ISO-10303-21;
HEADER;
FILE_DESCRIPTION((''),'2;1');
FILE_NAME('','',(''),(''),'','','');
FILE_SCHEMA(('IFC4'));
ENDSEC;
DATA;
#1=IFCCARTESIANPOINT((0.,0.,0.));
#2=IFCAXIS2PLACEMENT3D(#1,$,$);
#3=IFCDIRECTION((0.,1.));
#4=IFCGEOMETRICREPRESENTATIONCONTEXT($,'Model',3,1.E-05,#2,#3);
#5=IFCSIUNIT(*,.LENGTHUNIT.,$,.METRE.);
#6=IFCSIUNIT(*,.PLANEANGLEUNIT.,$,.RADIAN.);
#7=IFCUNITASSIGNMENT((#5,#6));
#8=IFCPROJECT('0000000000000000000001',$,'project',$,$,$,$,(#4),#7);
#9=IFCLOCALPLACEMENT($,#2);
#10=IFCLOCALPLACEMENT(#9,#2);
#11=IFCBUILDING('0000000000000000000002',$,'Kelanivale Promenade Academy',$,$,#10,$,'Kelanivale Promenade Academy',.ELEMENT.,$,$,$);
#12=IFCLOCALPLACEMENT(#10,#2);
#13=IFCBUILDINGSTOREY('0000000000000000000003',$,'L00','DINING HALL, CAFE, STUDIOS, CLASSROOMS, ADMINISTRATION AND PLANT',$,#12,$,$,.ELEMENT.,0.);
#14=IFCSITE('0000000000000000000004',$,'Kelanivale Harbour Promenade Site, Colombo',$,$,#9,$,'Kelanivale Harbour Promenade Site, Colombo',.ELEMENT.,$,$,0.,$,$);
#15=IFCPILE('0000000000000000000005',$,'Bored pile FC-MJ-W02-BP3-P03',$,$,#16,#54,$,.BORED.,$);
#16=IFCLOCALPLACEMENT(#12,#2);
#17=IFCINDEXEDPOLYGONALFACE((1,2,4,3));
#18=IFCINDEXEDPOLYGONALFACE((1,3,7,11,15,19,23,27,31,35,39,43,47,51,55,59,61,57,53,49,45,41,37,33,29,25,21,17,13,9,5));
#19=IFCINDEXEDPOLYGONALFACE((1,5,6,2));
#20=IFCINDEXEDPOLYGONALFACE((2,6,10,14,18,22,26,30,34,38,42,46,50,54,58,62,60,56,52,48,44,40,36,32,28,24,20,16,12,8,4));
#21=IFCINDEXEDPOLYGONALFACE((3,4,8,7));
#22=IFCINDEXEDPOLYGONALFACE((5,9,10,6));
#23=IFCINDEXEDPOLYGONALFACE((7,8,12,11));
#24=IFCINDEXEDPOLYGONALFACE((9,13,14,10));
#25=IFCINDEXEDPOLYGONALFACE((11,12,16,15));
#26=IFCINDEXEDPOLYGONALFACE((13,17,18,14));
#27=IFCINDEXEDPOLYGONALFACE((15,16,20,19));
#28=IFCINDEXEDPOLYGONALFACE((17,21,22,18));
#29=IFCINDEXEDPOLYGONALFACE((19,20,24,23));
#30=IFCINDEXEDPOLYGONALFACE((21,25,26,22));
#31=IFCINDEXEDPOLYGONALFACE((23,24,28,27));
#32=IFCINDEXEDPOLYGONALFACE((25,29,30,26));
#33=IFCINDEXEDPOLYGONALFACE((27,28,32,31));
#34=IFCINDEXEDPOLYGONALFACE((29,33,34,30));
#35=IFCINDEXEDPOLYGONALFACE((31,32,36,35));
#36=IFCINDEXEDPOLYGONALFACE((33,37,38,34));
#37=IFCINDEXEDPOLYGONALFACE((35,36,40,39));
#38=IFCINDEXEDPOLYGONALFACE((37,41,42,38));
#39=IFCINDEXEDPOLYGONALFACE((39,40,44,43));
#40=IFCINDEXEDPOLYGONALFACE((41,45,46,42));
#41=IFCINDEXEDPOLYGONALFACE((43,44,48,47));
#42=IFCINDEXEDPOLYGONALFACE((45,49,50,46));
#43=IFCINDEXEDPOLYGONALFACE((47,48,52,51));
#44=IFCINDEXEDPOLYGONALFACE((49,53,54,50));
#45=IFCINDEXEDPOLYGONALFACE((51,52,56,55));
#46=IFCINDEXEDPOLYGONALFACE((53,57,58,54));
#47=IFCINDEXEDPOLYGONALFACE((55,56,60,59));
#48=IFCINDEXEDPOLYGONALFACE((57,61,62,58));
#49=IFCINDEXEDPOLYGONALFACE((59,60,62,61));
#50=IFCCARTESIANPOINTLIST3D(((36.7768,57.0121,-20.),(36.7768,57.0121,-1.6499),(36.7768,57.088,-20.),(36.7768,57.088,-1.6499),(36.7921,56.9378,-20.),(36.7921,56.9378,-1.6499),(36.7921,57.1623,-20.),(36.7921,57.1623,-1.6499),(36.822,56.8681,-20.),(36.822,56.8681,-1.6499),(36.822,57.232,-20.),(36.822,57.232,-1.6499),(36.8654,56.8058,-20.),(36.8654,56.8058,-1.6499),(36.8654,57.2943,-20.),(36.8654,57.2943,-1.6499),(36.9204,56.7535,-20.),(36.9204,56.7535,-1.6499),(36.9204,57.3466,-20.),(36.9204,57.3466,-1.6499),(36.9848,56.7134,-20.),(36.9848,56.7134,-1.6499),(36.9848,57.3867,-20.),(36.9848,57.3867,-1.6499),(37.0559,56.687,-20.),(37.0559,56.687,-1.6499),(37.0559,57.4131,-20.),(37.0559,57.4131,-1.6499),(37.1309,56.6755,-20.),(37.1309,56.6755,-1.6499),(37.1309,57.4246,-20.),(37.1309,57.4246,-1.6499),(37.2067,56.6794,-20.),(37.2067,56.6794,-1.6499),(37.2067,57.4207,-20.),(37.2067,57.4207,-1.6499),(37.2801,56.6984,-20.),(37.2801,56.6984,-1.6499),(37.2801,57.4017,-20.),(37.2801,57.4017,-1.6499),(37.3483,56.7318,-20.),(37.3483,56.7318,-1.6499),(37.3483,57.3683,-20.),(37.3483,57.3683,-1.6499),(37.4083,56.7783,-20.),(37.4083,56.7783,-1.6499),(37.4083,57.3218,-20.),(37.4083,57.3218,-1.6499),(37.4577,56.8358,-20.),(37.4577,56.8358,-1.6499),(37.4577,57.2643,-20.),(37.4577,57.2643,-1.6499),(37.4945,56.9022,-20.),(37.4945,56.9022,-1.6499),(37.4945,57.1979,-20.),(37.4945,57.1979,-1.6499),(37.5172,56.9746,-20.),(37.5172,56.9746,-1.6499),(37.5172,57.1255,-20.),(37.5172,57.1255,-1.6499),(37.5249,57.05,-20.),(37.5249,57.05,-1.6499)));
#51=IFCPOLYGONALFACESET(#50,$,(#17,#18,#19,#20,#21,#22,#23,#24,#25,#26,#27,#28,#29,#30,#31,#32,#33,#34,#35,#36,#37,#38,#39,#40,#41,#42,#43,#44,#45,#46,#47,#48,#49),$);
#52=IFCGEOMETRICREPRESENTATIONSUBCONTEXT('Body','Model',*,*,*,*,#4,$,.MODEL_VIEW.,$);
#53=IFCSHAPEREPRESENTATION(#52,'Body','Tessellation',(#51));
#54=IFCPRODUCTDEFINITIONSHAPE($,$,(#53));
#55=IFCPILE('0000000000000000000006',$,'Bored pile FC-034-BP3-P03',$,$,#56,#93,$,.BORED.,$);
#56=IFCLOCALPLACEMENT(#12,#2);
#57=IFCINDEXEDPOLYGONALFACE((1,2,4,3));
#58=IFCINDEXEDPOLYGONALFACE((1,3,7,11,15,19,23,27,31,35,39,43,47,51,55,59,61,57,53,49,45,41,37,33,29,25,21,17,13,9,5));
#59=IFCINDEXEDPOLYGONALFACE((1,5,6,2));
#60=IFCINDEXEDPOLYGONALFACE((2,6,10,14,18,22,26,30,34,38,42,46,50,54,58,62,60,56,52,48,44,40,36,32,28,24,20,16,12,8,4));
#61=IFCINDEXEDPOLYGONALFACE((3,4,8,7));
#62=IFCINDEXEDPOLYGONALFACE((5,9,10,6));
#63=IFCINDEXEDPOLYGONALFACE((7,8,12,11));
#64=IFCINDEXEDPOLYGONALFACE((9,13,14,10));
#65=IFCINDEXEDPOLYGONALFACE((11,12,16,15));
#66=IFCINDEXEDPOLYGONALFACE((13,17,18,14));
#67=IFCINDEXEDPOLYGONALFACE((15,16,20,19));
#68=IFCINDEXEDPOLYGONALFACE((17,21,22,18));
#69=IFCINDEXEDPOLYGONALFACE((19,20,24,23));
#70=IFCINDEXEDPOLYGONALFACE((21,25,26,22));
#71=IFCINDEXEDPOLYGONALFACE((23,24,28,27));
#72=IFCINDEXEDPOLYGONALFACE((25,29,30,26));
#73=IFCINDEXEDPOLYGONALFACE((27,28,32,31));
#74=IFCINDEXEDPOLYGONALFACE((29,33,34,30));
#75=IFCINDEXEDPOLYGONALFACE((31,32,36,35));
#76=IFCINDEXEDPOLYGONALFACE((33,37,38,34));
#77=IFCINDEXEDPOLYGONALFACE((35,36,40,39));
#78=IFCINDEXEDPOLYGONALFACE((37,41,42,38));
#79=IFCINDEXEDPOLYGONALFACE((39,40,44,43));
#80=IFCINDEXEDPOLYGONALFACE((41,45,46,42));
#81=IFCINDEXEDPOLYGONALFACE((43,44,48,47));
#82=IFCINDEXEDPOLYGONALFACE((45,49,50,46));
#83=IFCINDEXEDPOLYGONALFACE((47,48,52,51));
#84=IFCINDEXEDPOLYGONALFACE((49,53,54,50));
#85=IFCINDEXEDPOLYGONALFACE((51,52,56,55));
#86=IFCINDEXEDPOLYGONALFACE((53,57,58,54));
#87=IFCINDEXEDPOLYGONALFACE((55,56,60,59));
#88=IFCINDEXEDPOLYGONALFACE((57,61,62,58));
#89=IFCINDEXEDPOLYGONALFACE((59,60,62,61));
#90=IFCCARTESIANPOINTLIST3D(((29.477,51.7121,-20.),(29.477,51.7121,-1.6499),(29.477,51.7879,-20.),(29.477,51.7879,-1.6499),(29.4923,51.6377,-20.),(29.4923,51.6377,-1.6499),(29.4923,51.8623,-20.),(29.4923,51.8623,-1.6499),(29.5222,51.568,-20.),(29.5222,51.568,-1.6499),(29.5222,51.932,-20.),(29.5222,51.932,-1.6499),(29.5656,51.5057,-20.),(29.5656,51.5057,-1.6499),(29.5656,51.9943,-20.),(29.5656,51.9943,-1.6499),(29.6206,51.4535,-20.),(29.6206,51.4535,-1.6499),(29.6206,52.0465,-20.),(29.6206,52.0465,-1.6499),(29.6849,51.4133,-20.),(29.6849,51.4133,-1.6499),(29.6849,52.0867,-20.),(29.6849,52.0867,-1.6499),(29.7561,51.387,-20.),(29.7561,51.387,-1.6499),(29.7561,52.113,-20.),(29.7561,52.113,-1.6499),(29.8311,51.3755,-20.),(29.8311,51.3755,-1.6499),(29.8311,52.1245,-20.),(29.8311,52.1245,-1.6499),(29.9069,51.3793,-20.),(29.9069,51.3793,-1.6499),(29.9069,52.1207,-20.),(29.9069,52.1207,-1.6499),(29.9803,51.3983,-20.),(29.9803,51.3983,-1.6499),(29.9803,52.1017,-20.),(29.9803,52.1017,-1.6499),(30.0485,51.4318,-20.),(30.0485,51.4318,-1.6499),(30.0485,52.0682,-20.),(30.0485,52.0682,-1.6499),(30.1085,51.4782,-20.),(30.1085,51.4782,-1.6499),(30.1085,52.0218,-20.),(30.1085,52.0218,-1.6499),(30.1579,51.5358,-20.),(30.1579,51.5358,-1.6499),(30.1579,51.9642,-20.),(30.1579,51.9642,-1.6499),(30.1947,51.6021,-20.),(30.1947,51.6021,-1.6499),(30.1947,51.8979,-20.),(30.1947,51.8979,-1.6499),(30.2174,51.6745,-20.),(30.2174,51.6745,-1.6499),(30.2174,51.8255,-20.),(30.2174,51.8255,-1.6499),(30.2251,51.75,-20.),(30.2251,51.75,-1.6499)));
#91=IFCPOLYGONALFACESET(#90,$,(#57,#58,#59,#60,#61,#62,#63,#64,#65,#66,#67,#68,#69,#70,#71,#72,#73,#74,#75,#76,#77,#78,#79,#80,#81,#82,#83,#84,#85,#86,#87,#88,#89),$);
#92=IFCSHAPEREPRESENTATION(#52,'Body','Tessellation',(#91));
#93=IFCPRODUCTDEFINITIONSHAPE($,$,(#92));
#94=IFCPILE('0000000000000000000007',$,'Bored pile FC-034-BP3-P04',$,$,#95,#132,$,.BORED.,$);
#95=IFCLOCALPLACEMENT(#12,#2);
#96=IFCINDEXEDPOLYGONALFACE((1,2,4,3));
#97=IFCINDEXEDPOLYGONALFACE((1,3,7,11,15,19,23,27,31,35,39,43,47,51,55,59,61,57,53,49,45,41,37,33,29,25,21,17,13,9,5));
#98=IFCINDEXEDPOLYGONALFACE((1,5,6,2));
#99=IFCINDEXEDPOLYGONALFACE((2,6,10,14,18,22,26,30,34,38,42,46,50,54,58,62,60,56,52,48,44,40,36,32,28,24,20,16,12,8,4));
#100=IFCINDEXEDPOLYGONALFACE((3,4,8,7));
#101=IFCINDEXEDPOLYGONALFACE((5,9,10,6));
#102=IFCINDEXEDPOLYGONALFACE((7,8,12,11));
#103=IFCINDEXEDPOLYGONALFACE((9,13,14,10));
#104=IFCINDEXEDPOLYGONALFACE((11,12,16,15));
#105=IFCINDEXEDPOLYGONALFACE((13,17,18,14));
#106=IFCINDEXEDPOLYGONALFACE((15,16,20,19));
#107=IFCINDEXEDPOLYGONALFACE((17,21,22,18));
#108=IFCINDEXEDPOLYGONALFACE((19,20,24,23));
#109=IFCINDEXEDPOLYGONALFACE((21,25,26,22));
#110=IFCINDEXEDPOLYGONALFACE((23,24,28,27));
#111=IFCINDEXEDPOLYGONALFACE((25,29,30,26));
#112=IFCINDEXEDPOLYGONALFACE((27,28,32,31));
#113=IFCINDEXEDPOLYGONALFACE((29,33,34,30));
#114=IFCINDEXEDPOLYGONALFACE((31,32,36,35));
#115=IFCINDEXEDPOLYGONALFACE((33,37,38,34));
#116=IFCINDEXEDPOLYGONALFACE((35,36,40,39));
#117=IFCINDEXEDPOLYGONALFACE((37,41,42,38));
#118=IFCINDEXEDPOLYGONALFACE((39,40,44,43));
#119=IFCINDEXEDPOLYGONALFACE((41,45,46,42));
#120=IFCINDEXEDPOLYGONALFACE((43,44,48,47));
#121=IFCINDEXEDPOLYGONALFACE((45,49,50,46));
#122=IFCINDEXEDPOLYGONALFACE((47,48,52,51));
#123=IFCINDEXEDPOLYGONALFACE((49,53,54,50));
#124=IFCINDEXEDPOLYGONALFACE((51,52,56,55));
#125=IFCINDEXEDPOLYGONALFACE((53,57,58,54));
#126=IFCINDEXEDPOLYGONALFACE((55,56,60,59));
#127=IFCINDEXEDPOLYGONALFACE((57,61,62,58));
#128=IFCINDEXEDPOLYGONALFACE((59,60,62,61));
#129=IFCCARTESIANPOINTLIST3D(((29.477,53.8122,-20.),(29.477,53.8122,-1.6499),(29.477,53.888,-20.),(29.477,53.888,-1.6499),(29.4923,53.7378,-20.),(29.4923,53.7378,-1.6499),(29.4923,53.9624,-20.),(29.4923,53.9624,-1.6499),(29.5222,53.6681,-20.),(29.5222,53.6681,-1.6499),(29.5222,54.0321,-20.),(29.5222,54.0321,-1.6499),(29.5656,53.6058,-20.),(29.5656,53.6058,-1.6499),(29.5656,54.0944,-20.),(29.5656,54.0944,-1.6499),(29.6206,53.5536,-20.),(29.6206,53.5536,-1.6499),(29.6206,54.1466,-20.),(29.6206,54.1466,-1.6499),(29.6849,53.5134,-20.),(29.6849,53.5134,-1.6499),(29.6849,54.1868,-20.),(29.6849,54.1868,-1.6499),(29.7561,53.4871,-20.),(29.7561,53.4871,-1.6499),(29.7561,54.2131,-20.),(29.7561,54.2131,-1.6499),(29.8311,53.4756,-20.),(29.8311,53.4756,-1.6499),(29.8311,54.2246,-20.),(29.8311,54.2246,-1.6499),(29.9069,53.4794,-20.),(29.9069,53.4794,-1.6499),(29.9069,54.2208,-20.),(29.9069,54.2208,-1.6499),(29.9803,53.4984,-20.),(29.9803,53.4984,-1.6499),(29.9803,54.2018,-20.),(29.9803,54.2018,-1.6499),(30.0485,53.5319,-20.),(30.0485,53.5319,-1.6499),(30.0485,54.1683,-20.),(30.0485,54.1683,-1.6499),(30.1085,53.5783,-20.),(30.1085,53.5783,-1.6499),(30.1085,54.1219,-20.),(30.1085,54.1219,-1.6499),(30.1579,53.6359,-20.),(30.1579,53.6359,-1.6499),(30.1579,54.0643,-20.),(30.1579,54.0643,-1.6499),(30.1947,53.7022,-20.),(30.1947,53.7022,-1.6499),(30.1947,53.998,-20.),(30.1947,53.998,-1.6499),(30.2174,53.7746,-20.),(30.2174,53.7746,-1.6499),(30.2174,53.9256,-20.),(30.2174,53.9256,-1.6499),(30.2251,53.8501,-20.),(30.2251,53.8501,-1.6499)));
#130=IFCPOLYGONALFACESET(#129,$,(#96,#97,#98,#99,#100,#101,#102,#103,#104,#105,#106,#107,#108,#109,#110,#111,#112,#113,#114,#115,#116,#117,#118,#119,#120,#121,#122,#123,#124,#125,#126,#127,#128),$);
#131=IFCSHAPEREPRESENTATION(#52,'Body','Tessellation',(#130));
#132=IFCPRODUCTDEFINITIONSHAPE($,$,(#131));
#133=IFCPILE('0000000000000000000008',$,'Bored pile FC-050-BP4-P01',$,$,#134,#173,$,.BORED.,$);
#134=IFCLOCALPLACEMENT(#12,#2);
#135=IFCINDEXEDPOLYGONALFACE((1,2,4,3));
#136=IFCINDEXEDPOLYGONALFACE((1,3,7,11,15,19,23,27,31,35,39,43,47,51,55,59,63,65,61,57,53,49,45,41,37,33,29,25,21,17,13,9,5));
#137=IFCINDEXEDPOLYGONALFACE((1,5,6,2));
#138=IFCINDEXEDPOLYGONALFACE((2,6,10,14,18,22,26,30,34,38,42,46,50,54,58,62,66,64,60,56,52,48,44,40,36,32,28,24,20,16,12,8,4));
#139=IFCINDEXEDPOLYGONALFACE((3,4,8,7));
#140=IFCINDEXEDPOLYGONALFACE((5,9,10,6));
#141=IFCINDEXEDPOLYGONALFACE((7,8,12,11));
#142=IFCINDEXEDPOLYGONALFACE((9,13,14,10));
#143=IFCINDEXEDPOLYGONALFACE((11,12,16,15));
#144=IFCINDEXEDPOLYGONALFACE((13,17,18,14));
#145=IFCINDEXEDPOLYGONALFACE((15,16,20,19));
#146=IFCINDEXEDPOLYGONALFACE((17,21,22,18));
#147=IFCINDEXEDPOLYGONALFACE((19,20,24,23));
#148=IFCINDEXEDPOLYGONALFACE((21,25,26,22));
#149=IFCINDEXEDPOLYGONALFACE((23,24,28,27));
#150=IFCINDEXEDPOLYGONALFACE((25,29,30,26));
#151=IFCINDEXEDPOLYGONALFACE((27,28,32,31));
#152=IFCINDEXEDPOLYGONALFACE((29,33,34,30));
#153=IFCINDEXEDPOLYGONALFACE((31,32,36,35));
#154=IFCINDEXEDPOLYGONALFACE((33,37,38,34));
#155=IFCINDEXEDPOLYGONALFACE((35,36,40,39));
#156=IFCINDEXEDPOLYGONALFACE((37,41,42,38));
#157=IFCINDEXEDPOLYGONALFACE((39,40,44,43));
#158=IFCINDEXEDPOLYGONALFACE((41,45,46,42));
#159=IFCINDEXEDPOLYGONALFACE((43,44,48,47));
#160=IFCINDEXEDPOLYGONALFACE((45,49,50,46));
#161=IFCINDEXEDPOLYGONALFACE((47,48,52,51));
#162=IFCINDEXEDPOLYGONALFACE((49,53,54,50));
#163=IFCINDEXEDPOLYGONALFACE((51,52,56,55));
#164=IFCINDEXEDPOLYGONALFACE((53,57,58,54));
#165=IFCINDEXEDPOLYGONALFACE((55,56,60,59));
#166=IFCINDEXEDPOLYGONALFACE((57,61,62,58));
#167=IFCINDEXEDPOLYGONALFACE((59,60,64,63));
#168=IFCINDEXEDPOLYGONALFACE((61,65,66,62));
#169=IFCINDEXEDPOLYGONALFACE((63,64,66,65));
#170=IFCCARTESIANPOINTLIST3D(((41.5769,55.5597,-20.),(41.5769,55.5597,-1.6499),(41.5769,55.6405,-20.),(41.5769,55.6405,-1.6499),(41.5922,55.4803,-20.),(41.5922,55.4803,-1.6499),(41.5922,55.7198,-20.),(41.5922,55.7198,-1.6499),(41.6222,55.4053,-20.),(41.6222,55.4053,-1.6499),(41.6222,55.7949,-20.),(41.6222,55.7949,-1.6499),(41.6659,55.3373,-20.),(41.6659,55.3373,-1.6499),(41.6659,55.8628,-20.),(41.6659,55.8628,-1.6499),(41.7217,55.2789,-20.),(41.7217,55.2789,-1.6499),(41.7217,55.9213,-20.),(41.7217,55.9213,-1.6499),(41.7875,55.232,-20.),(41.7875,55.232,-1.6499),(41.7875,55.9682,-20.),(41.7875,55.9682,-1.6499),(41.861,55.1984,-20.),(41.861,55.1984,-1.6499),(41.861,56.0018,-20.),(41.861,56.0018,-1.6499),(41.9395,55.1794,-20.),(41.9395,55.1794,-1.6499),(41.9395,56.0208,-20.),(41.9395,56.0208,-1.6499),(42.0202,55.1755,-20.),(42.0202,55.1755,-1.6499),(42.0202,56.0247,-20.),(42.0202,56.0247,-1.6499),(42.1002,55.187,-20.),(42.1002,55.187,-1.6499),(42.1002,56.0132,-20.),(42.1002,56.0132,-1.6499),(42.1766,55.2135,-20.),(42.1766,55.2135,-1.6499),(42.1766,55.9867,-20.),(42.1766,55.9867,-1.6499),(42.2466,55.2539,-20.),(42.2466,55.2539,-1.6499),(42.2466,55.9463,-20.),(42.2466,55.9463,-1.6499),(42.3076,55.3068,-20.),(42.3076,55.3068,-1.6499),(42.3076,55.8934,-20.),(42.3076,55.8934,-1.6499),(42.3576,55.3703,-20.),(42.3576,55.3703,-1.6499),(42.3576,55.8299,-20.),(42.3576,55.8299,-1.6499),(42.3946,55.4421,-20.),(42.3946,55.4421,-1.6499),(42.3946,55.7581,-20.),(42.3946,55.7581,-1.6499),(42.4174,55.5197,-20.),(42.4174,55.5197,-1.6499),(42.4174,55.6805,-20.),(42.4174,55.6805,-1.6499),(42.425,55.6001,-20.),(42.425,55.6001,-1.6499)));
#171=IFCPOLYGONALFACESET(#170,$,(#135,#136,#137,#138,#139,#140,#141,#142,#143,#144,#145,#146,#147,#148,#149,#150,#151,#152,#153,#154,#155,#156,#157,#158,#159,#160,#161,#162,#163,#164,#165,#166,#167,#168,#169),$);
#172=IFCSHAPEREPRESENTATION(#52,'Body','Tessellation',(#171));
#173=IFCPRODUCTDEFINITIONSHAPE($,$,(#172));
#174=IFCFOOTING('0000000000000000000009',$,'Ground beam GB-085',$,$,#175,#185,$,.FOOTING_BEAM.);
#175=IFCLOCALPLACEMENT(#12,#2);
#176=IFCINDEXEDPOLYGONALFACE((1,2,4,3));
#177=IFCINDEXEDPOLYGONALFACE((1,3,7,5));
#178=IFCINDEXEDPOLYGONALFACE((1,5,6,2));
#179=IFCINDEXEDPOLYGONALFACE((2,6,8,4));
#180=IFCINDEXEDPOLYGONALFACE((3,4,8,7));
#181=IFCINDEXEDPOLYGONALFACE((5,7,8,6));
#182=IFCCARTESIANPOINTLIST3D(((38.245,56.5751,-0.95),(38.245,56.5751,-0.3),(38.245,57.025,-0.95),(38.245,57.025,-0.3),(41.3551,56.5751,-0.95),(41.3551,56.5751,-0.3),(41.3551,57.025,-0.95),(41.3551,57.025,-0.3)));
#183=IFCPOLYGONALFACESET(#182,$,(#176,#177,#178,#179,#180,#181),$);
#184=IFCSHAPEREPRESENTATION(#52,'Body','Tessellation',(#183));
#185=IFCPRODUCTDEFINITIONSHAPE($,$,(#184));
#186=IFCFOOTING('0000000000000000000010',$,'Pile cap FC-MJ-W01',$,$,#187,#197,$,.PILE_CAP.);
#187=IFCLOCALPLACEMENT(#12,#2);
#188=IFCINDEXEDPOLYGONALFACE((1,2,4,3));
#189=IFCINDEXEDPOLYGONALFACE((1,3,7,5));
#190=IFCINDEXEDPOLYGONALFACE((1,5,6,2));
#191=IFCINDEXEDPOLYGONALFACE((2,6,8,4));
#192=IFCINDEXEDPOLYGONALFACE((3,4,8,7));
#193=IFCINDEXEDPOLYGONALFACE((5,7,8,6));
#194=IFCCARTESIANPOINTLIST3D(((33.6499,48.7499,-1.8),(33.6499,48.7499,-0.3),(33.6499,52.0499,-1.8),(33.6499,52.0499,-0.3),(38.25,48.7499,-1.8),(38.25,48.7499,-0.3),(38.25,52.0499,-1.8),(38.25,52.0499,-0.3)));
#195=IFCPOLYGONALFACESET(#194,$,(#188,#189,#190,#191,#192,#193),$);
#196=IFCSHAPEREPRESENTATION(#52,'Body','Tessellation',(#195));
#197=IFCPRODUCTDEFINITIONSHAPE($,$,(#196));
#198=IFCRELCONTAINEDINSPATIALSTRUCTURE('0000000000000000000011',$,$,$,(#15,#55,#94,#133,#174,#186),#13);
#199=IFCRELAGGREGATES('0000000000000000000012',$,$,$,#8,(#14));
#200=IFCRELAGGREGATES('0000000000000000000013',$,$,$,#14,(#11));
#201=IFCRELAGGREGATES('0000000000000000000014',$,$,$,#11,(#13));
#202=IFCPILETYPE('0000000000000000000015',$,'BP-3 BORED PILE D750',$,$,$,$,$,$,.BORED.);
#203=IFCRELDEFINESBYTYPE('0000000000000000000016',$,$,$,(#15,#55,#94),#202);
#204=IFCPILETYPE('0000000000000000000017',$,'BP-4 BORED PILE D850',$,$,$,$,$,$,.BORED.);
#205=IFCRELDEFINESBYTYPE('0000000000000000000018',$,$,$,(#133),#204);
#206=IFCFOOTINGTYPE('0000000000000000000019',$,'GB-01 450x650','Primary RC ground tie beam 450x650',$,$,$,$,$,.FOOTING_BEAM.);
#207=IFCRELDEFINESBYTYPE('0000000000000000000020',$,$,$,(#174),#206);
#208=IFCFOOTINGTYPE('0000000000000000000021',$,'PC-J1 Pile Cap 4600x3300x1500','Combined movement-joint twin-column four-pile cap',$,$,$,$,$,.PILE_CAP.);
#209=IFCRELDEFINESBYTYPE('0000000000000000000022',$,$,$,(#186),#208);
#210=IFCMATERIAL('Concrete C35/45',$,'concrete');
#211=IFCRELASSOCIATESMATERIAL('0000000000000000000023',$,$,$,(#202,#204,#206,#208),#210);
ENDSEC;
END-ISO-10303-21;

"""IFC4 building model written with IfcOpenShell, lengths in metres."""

from ifc_helpers import new_model, si_unit, direction, frame, origin, origin_2d, place, context, subcontext, project, spatial, rectangle, circle, extrude, material, material_profile, profile_set, type_object, element, save


model = new_model("IFC4")

# Units and contexts
model_context = context("Model", 3, precision=1e-05, world=origin(), true_north=direction((0.0, 1.0)))
body_context = subcontext(model_context, "Body", "Model", "MODEL_VIEW")
ifc_project = project(units=[si_unit("LENGTHUNIT", "METRE"), si_unit("PLANEANGLEUNIT", "RADIAN")], contexts=[model_context])

# Site, building, storey
site_placement = place(None, origin())
site = spatial("IfcSite", under=ifc_project, at=site_placement, Name="Kelanivale Harbour Promenade Site, Colombo", LongName="Kelanivale Harbour Promenade Site, Colombo", CompositionType="ELEMENT", RefElevation=0.0)
building_placement = place(site_placement, origin())
building = spatial("IfcBuilding", under=site, at=building_placement, Name="Kelanivale Promenade Academy", LongName="Kelanivale Promenade Academy", CompositionType="ELEMENT")
storey_placement = place(building_placement, origin())
storey = spatial("IfcBuildingStorey", under=building, at=storey_placement, Name="L00", Description="DINING HALL, CAFE, STUDIOS, CLASSROOMS, ADMINISTRATION AND PLANT", CompositionType="ELEMENT", Elevation=0.0)

# Piles
ifc_material_1 = material(Name="Concrete C35/45", Category="concrete")
ifc_material_profile_1 = material_profile(ifc_material_1, circle(Radius=0.375, at=origin_2d()), Name="BORED PILE D750")
ifc_profile_set_1 = profile_set([ifc_material_profile_1], Name="Concrete C35/45")
pile_type_1 = type_object("IfcPileType", Name="BP-3 BORED PILE D750", PredefinedType="BORED", material=ifc_profile_set_1)
for number, where, z_axis, x_axis, name in (
    (1, (37.1499, 57.05, -1.6499), (0.0, 0.0, -1.0), (1.0, 0.0, 0.0), "Bored pile FC-MJ-W02-BP3-P03"),
    (2, (29.8501, 51.75, -1.6499), (0.0, 0.0, -1.0), (1.0, 0.0, 0.0), "Bored pile FC-034-BP3-P03"),
    (3, (29.8501, 53.8501, -1.6499), (0.0, 0.0, -1.0), (1.0, 0.0, 0.0), "Bored pile FC-034-BP3-P04"),
):
    element("IfcPile", number, at=place(storey_placement, frame(where, z_axis=z_axis, x_axis=x_axis)), inside=storey, type_object=pile_type_1, Name=name, PredefinedType="BORED", context=body_context, shape_type="SweptSolid", body=[
        extrude(circle(Radius=0.375, at=origin_2d()), origin(), (0.0, 0.0, 1.0), 18.3501),
    ])
ifc_material_profile_2 = material_profile(ifc_material_1, circle(Radius=0.425, at=origin_2d()), Name="BORED PILE D850")
ifc_profile_set_2 = profile_set([ifc_material_profile_2], Name="Concrete C35/45")
pile_type_2 = type_object("IfcPileType", Name="BP-4 BORED PILE D850", PredefinedType="BORED", material=ifc_profile_set_2)
pile_placement = place(storey_placement, frame((42.0, 55.6001, -1.6499), z_axis=(0.0, 0.0, -1.0), x_axis=(1.0, 0.0, 0.0)))
element("IfcPile", 4, at=pile_placement, inside=storey, type_object=pile_type_2, Name="Bored pile FC-050-BP4-P01", PredefinedType="BORED", context=body_context, shape_type="SweptSolid", body=[
    extrude(circle(Radius=0.425, at=origin_2d()), origin(), (0.0, 0.0, 1.0), 18.3501),
])

# Footings
footing_type_1 = type_object("IfcFootingType", Name="GB-01 450x650", Description="Primary RC ground tie beam 450x650", PredefinedType="FOOTING_BEAM", material=ifc_material_1)
footing_1_placement = place(storey_placement, frame((39.8, 56.8, -0.95), z_axis=(0.0, 0.0, 1.0), x_axis=(1.0, 0.0, 0.0)))
element("IfcFooting", 5, at=footing_1_placement, inside=storey, type_object=footing_type_1, Name="Ground beam GB-085", PredefinedType="FOOTING_BEAM", context=body_context, shape_type="SweptSolid", body=[
    extrude(rectangle(XDim=3.1101, YDim=0.45, at=origin_2d()), origin(), (0.0, 0.0, 1.0), 0.6499),
])
footing_type_2 = type_object("IfcFootingType", Name="PC-J1 Pile Cap 4600x3300x1500", Description="Combined movement-joint twin-column four-pile cap", PredefinedType="PILE_CAP", material=ifc_material_1)
footing_2_placement = place(storey_placement, frame((35.95, 50.3999, -1.8), z_axis=(0.0, 0.0, 1.0), x_axis=(1.0, 0.0, 0.0)))
element("IfcFooting", 6, at=footing_2_placement, inside=storey, type_object=footing_type_2, Name="Pile cap FC-MJ-W01", PredefinedType="PILE_CAP", context=body_context, shape_type="SweptSolid", body=[
    extrude(rectangle(XDim=4.6001, YDim=3.3, at=origin_2d()), origin(), (0.0, 0.0, 1.0), 1.5),
])

save(model, "model.ifc")
